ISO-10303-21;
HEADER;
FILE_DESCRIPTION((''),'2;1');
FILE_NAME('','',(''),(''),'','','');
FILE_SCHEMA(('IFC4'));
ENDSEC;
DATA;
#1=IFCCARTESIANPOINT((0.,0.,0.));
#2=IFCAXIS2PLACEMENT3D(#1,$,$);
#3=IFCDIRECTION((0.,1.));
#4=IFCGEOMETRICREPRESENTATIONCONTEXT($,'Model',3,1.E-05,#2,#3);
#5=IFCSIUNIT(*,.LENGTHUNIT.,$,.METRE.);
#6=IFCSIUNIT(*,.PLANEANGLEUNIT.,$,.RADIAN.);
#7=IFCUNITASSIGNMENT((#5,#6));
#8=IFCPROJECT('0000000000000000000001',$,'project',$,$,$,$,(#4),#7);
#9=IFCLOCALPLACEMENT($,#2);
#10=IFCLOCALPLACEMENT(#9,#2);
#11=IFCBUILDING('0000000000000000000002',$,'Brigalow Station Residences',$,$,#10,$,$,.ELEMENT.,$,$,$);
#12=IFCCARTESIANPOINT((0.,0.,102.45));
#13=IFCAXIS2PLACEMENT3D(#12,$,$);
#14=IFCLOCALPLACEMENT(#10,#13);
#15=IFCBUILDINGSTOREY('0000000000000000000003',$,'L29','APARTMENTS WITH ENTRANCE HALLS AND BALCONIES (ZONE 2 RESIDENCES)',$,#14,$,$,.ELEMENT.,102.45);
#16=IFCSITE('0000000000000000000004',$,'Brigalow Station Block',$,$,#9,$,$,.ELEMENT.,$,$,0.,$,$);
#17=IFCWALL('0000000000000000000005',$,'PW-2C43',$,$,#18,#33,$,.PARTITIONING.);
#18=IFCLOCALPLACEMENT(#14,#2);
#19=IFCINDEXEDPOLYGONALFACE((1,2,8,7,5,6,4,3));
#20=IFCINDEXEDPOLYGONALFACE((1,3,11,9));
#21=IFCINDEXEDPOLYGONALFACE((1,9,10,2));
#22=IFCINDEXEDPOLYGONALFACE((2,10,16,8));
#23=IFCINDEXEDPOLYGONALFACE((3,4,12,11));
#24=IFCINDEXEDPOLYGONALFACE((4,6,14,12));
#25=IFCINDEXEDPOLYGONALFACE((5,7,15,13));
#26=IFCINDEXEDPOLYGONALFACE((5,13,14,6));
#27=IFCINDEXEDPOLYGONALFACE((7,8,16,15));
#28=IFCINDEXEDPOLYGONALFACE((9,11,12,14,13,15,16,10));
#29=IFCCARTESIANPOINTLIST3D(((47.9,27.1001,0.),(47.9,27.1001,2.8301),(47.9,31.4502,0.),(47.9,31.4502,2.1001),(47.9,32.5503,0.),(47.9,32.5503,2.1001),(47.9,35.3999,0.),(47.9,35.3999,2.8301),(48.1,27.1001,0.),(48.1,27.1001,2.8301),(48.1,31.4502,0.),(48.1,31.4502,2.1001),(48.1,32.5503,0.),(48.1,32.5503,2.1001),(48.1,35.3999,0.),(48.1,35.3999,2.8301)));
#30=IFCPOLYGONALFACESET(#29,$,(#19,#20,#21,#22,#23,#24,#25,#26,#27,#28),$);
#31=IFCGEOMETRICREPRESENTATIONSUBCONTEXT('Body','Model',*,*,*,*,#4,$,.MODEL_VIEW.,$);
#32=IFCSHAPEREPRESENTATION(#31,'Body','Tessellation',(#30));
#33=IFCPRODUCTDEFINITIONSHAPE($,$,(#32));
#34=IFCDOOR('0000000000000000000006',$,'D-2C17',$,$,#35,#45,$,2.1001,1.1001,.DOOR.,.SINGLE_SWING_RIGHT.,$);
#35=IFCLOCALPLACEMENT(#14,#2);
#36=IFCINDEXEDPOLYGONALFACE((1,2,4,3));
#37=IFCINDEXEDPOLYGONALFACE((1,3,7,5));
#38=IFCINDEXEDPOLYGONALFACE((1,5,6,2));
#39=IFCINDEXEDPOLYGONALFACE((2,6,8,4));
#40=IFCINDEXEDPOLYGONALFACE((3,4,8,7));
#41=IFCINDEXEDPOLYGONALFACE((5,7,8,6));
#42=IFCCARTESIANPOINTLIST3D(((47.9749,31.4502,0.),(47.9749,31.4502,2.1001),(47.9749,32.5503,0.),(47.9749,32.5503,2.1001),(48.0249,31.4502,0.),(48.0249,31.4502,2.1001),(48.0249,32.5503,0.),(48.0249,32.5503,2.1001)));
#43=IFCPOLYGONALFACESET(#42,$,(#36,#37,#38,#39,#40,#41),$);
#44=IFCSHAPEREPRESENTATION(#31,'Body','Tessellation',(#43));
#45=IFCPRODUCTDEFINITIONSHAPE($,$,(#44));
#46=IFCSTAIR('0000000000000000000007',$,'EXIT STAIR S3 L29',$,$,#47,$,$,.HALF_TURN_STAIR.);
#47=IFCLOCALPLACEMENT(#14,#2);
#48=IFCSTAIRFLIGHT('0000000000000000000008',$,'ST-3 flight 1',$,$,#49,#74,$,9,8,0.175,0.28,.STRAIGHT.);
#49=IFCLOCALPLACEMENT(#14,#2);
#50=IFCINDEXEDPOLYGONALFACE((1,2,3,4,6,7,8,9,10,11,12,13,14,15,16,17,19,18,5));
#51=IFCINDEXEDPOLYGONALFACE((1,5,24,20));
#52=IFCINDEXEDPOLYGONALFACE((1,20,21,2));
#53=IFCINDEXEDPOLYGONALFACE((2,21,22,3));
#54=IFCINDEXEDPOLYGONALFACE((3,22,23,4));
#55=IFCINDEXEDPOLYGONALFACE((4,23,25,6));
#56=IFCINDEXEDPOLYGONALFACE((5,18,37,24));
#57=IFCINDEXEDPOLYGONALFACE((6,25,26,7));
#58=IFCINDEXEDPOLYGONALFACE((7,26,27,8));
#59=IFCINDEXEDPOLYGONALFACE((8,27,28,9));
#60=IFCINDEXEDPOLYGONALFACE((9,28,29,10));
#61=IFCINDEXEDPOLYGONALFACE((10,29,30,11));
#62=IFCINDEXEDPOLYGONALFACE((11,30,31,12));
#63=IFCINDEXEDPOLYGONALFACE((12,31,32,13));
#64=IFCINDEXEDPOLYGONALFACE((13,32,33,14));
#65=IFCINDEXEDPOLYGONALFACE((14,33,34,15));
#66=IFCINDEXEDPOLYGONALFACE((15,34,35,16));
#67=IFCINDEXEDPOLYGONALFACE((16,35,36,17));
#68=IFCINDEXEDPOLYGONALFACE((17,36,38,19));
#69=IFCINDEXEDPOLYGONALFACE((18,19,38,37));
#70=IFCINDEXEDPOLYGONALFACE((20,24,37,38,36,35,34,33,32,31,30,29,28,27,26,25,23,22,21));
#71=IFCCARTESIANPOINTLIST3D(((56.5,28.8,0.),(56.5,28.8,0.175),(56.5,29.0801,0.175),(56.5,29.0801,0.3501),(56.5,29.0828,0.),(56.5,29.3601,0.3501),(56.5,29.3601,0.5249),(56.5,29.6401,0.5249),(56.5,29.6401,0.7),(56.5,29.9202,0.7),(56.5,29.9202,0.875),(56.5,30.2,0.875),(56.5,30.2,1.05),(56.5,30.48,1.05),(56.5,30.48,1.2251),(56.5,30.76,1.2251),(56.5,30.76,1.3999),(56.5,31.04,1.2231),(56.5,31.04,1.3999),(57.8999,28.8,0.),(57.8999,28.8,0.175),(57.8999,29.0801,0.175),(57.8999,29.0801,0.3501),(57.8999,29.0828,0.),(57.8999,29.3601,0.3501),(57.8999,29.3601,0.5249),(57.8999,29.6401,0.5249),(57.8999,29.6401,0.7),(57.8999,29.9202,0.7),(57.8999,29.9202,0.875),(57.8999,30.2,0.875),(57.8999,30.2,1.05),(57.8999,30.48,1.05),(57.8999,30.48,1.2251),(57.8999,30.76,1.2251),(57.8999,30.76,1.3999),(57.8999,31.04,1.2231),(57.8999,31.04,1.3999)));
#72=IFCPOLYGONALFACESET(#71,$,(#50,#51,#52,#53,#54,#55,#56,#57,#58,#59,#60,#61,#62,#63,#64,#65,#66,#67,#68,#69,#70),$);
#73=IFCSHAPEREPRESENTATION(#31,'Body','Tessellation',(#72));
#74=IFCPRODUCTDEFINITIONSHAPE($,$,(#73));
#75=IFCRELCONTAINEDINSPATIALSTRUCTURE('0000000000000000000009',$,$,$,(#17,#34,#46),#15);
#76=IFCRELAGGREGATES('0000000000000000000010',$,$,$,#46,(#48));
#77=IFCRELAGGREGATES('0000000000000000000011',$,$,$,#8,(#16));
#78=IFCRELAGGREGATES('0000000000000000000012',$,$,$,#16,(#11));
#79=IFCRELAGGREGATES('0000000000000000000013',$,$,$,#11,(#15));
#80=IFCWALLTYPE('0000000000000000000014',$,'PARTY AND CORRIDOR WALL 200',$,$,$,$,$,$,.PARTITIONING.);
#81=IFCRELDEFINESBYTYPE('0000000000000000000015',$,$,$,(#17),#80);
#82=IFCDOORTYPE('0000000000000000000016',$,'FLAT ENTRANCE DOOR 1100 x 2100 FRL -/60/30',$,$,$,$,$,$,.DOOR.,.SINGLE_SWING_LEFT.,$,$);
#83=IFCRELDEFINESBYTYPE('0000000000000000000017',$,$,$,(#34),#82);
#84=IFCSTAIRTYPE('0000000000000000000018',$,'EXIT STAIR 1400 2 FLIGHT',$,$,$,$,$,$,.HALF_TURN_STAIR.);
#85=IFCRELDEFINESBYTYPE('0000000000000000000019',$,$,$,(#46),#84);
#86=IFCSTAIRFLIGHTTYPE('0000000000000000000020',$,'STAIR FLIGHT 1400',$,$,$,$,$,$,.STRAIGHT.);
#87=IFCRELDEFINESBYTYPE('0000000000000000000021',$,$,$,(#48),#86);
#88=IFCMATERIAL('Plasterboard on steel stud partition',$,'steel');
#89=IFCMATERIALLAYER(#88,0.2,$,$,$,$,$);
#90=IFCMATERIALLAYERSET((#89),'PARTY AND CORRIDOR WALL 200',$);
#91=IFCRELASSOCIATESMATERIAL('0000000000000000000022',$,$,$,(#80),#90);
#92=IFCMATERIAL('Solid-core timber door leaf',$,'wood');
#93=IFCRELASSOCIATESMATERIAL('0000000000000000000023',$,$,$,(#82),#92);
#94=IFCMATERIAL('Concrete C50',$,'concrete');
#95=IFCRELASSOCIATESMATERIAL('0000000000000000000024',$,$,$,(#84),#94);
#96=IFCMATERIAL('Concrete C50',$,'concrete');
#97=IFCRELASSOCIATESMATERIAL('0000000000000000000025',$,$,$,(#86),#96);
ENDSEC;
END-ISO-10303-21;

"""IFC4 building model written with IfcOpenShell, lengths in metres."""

from ifc_helpers import new_model, si_unit, direction, frame, frame_2d, origin, place, context, subcontext, project, spatial, polyline, rectangle, outline, extrude, material, layer, layer_set, type_object, element, fill, aggregate, save


model = new_model("IFC4")

# Units and contexts
model_context = context("Model", 3, precision=1e-05, world=origin(), true_north=direction((0.0, 1.0)))
body_context = subcontext(model_context, "Body", "Model", "MODEL_VIEW")
ifc_project = project(units=[si_unit("LENGTHUNIT", "METRE"), si_unit("PLANEANGLEUNIT", "RADIAN")], contexts=[model_context])

# Site, building, storey
site_placement = place(None, origin())
site = spatial("IfcSite", under=ifc_project, at=site_placement, Name="Brigalow Station Block", CompositionType="ELEMENT", RefElevation=0.0)
building_placement = place(site_placement, origin())
building = spatial("IfcBuilding", under=site, at=building_placement, Name="Brigalow Station Residences", CompositionType="ELEMENT")
storey_placement = place(building_placement, frame((0.0, 0.0, 102.45)))
storey = spatial("IfcBuildingStorey", under=building, at=storey_placement, Name="L29", Description="APARTMENTS WITH ENTRANCE HALLS AND BALCONIES (ZONE 2 RESIDENCES)", CompositionType="ELEMENT", Elevation=102.45)

# Shared definitions
ifc_material_1 = material(Name="Plasterboard on steel stud partition", Category="steel")
ifc_layer_1 = layer(ifc_material_1, 0.2)
ifc_layer_set_1 = layer_set([ifc_layer_1], Name="PARTY AND CORRIDOR WALL 200")
wall_type_1 = type_object("IfcWallType", Name="PARTY AND CORRIDOR WALL 200", PredefinedType="PARTITIONING", material=ifc_layer_set_1)

# Wall, opening, door
wall_1_placement = place(storey_placement, frame((48.0, 27.1001, 0.0), z_axis=(0.0, 0.0, 1.0), x_axis=(0.0, 1.0, 0.0)))
wall_1 = element("IfcWall", 1, at=wall_1_placement, inside=storey, type_object=wall_type_1, Name="PW-2C43", PredefinedType="PARTITIONING", context=body_context, shape_type="SweptSolid", body=[
    extrude(rectangle(XDim=8.2998, YDim=0.2, at=frame_2d((4.1499, 0.0))), origin(), (0.0, 0.0, 1.0), 2.8301),
])
opening_1_placement = place(wall_1_placement, frame((4.3501, 0.0, 0.0)))
opening_1 = element("IfcOpeningElement", 2, at=opening_1_placement, cuts=wall_1, PredefinedType="OPENING", context=body_context, shape_type="SweptSolid", body=[
    extrude(rectangle(XDim=1.1001, YDim=2.1001, at=frame_2d((0.55, 1.05))), frame((0.0, 0.1099, 0.0), z_axis=(0.0, -1.0, 0.0), x_axis=(1.0, 0.0, 0.0)), (0.0, 0.0, 1.0), 0.22),
])
ifc_material_2 = material(Name="Solid-core timber door leaf", Category="wood")
door_type_1 = type_object("IfcDoorType", Name="FLAT ENTRANCE DOOR 1100 x 2100 FRL -/60/30", OperationType="SINGLE_SWING_LEFT", PredefinedType="DOOR", material=ifc_material_2)
door_1_placement = place(opening_1_placement, frame((1.1001, 0.0, 0.0), z_axis=(0.0, 0.0, 1.0), x_axis=(-1.0, 0.0, 0.0)))
door_1 = element("IfcDoor", 3, at=door_1_placement, inside=storey, type_object=door_type_1, Name="D-2C17", OperationType="SINGLE_SWING_RIGHT", OverallHeight=2.1001, OverallWidth=1.1001, PredefinedType="DOOR", context=body_context, shape_type="SweptSolid", body=[
    extrude(rectangle(XDim=1.1001, YDim=2.1001, at=frame_2d((0.55, 1.05))), frame((0.0, 0.0249, 0.0), z_axis=(0.0, -1.0, 0.0), x_axis=(1.0, 0.0, 0.0)), (0.0, 0.0, 1.0), 0.05),
])
fill(opening_1, door_1)

# Stair, stair flight
ifc_material_3 = material(Name="Concrete C50", Category="concrete")
stair_type = type_object("IfcStairType", Name="EXIT STAIR 1400 2 FLIGHT", PredefinedType="HALF_TURN_STAIR", material=ifc_material_3)
stair_placement = place(storey_placement, origin())
stair = element("IfcStair", 4, at=stair_placement, inside=storey, type_object=stair_type, Name="EXIT STAIR S3 L29", PredefinedType="HALF_TURN_STAIR")
ifc_material_4 = material(Name="Concrete C50", Category="concrete")
stair_flight_type = type_object("IfcStairFlightType", Name="STAIR FLIGHT 1400", PredefinedType="STRAIGHT", material=ifc_material_4)
stair_flight_placement = place(storey_placement, frame((57.2, 28.8, 0.0), z_axis=(0.0, 0.0, 1.0), x_axis=(0.0, 1.0, 0.0)))
stair_flight = element("IfcStairFlight", 5, at=stair_flight_placement, type_object=stair_flight_type, Name="ST-3 flight 1", NumberOfRisers=9, NumberOfTreads=8, PredefinedType="STRAIGHT", RiserHeight=0.175, TreadLength=0.28, context=body_context, shape_type="SweptSolid", body=[
    extrude(outline(polyline([(0.0, 0.0), (0.0, 0.175), (0.28, 0.175), (0.28, 0.3501), (0.5601, 0.3501), (0.5601, 0.5249), (0.8401, 0.5249), (0.8401, 0.7), (1.1201, 0.7), (1.1201, 0.875), (1.3999, 0.875), (1.3999, 1.05), (1.6799, 1.05), (1.6799, 1.2251), (1.96, 1.2251), (1.96, 1.3999), (2.24, 1.3999), (2.24, 1.575), (2.24, 1.2231), (0.2827, 0.0), (0.0, 0.0)])), frame((0.0, 0.7, 0.0), z_axis=(0.0, -1.0, 0.0), x_axis=(1.0, 0.0, 0.0)), (0.0, 0.0, 1.0), 1.3999),
])
aggregate(stair, [stair_flight])

save(model, "model.ifc")
